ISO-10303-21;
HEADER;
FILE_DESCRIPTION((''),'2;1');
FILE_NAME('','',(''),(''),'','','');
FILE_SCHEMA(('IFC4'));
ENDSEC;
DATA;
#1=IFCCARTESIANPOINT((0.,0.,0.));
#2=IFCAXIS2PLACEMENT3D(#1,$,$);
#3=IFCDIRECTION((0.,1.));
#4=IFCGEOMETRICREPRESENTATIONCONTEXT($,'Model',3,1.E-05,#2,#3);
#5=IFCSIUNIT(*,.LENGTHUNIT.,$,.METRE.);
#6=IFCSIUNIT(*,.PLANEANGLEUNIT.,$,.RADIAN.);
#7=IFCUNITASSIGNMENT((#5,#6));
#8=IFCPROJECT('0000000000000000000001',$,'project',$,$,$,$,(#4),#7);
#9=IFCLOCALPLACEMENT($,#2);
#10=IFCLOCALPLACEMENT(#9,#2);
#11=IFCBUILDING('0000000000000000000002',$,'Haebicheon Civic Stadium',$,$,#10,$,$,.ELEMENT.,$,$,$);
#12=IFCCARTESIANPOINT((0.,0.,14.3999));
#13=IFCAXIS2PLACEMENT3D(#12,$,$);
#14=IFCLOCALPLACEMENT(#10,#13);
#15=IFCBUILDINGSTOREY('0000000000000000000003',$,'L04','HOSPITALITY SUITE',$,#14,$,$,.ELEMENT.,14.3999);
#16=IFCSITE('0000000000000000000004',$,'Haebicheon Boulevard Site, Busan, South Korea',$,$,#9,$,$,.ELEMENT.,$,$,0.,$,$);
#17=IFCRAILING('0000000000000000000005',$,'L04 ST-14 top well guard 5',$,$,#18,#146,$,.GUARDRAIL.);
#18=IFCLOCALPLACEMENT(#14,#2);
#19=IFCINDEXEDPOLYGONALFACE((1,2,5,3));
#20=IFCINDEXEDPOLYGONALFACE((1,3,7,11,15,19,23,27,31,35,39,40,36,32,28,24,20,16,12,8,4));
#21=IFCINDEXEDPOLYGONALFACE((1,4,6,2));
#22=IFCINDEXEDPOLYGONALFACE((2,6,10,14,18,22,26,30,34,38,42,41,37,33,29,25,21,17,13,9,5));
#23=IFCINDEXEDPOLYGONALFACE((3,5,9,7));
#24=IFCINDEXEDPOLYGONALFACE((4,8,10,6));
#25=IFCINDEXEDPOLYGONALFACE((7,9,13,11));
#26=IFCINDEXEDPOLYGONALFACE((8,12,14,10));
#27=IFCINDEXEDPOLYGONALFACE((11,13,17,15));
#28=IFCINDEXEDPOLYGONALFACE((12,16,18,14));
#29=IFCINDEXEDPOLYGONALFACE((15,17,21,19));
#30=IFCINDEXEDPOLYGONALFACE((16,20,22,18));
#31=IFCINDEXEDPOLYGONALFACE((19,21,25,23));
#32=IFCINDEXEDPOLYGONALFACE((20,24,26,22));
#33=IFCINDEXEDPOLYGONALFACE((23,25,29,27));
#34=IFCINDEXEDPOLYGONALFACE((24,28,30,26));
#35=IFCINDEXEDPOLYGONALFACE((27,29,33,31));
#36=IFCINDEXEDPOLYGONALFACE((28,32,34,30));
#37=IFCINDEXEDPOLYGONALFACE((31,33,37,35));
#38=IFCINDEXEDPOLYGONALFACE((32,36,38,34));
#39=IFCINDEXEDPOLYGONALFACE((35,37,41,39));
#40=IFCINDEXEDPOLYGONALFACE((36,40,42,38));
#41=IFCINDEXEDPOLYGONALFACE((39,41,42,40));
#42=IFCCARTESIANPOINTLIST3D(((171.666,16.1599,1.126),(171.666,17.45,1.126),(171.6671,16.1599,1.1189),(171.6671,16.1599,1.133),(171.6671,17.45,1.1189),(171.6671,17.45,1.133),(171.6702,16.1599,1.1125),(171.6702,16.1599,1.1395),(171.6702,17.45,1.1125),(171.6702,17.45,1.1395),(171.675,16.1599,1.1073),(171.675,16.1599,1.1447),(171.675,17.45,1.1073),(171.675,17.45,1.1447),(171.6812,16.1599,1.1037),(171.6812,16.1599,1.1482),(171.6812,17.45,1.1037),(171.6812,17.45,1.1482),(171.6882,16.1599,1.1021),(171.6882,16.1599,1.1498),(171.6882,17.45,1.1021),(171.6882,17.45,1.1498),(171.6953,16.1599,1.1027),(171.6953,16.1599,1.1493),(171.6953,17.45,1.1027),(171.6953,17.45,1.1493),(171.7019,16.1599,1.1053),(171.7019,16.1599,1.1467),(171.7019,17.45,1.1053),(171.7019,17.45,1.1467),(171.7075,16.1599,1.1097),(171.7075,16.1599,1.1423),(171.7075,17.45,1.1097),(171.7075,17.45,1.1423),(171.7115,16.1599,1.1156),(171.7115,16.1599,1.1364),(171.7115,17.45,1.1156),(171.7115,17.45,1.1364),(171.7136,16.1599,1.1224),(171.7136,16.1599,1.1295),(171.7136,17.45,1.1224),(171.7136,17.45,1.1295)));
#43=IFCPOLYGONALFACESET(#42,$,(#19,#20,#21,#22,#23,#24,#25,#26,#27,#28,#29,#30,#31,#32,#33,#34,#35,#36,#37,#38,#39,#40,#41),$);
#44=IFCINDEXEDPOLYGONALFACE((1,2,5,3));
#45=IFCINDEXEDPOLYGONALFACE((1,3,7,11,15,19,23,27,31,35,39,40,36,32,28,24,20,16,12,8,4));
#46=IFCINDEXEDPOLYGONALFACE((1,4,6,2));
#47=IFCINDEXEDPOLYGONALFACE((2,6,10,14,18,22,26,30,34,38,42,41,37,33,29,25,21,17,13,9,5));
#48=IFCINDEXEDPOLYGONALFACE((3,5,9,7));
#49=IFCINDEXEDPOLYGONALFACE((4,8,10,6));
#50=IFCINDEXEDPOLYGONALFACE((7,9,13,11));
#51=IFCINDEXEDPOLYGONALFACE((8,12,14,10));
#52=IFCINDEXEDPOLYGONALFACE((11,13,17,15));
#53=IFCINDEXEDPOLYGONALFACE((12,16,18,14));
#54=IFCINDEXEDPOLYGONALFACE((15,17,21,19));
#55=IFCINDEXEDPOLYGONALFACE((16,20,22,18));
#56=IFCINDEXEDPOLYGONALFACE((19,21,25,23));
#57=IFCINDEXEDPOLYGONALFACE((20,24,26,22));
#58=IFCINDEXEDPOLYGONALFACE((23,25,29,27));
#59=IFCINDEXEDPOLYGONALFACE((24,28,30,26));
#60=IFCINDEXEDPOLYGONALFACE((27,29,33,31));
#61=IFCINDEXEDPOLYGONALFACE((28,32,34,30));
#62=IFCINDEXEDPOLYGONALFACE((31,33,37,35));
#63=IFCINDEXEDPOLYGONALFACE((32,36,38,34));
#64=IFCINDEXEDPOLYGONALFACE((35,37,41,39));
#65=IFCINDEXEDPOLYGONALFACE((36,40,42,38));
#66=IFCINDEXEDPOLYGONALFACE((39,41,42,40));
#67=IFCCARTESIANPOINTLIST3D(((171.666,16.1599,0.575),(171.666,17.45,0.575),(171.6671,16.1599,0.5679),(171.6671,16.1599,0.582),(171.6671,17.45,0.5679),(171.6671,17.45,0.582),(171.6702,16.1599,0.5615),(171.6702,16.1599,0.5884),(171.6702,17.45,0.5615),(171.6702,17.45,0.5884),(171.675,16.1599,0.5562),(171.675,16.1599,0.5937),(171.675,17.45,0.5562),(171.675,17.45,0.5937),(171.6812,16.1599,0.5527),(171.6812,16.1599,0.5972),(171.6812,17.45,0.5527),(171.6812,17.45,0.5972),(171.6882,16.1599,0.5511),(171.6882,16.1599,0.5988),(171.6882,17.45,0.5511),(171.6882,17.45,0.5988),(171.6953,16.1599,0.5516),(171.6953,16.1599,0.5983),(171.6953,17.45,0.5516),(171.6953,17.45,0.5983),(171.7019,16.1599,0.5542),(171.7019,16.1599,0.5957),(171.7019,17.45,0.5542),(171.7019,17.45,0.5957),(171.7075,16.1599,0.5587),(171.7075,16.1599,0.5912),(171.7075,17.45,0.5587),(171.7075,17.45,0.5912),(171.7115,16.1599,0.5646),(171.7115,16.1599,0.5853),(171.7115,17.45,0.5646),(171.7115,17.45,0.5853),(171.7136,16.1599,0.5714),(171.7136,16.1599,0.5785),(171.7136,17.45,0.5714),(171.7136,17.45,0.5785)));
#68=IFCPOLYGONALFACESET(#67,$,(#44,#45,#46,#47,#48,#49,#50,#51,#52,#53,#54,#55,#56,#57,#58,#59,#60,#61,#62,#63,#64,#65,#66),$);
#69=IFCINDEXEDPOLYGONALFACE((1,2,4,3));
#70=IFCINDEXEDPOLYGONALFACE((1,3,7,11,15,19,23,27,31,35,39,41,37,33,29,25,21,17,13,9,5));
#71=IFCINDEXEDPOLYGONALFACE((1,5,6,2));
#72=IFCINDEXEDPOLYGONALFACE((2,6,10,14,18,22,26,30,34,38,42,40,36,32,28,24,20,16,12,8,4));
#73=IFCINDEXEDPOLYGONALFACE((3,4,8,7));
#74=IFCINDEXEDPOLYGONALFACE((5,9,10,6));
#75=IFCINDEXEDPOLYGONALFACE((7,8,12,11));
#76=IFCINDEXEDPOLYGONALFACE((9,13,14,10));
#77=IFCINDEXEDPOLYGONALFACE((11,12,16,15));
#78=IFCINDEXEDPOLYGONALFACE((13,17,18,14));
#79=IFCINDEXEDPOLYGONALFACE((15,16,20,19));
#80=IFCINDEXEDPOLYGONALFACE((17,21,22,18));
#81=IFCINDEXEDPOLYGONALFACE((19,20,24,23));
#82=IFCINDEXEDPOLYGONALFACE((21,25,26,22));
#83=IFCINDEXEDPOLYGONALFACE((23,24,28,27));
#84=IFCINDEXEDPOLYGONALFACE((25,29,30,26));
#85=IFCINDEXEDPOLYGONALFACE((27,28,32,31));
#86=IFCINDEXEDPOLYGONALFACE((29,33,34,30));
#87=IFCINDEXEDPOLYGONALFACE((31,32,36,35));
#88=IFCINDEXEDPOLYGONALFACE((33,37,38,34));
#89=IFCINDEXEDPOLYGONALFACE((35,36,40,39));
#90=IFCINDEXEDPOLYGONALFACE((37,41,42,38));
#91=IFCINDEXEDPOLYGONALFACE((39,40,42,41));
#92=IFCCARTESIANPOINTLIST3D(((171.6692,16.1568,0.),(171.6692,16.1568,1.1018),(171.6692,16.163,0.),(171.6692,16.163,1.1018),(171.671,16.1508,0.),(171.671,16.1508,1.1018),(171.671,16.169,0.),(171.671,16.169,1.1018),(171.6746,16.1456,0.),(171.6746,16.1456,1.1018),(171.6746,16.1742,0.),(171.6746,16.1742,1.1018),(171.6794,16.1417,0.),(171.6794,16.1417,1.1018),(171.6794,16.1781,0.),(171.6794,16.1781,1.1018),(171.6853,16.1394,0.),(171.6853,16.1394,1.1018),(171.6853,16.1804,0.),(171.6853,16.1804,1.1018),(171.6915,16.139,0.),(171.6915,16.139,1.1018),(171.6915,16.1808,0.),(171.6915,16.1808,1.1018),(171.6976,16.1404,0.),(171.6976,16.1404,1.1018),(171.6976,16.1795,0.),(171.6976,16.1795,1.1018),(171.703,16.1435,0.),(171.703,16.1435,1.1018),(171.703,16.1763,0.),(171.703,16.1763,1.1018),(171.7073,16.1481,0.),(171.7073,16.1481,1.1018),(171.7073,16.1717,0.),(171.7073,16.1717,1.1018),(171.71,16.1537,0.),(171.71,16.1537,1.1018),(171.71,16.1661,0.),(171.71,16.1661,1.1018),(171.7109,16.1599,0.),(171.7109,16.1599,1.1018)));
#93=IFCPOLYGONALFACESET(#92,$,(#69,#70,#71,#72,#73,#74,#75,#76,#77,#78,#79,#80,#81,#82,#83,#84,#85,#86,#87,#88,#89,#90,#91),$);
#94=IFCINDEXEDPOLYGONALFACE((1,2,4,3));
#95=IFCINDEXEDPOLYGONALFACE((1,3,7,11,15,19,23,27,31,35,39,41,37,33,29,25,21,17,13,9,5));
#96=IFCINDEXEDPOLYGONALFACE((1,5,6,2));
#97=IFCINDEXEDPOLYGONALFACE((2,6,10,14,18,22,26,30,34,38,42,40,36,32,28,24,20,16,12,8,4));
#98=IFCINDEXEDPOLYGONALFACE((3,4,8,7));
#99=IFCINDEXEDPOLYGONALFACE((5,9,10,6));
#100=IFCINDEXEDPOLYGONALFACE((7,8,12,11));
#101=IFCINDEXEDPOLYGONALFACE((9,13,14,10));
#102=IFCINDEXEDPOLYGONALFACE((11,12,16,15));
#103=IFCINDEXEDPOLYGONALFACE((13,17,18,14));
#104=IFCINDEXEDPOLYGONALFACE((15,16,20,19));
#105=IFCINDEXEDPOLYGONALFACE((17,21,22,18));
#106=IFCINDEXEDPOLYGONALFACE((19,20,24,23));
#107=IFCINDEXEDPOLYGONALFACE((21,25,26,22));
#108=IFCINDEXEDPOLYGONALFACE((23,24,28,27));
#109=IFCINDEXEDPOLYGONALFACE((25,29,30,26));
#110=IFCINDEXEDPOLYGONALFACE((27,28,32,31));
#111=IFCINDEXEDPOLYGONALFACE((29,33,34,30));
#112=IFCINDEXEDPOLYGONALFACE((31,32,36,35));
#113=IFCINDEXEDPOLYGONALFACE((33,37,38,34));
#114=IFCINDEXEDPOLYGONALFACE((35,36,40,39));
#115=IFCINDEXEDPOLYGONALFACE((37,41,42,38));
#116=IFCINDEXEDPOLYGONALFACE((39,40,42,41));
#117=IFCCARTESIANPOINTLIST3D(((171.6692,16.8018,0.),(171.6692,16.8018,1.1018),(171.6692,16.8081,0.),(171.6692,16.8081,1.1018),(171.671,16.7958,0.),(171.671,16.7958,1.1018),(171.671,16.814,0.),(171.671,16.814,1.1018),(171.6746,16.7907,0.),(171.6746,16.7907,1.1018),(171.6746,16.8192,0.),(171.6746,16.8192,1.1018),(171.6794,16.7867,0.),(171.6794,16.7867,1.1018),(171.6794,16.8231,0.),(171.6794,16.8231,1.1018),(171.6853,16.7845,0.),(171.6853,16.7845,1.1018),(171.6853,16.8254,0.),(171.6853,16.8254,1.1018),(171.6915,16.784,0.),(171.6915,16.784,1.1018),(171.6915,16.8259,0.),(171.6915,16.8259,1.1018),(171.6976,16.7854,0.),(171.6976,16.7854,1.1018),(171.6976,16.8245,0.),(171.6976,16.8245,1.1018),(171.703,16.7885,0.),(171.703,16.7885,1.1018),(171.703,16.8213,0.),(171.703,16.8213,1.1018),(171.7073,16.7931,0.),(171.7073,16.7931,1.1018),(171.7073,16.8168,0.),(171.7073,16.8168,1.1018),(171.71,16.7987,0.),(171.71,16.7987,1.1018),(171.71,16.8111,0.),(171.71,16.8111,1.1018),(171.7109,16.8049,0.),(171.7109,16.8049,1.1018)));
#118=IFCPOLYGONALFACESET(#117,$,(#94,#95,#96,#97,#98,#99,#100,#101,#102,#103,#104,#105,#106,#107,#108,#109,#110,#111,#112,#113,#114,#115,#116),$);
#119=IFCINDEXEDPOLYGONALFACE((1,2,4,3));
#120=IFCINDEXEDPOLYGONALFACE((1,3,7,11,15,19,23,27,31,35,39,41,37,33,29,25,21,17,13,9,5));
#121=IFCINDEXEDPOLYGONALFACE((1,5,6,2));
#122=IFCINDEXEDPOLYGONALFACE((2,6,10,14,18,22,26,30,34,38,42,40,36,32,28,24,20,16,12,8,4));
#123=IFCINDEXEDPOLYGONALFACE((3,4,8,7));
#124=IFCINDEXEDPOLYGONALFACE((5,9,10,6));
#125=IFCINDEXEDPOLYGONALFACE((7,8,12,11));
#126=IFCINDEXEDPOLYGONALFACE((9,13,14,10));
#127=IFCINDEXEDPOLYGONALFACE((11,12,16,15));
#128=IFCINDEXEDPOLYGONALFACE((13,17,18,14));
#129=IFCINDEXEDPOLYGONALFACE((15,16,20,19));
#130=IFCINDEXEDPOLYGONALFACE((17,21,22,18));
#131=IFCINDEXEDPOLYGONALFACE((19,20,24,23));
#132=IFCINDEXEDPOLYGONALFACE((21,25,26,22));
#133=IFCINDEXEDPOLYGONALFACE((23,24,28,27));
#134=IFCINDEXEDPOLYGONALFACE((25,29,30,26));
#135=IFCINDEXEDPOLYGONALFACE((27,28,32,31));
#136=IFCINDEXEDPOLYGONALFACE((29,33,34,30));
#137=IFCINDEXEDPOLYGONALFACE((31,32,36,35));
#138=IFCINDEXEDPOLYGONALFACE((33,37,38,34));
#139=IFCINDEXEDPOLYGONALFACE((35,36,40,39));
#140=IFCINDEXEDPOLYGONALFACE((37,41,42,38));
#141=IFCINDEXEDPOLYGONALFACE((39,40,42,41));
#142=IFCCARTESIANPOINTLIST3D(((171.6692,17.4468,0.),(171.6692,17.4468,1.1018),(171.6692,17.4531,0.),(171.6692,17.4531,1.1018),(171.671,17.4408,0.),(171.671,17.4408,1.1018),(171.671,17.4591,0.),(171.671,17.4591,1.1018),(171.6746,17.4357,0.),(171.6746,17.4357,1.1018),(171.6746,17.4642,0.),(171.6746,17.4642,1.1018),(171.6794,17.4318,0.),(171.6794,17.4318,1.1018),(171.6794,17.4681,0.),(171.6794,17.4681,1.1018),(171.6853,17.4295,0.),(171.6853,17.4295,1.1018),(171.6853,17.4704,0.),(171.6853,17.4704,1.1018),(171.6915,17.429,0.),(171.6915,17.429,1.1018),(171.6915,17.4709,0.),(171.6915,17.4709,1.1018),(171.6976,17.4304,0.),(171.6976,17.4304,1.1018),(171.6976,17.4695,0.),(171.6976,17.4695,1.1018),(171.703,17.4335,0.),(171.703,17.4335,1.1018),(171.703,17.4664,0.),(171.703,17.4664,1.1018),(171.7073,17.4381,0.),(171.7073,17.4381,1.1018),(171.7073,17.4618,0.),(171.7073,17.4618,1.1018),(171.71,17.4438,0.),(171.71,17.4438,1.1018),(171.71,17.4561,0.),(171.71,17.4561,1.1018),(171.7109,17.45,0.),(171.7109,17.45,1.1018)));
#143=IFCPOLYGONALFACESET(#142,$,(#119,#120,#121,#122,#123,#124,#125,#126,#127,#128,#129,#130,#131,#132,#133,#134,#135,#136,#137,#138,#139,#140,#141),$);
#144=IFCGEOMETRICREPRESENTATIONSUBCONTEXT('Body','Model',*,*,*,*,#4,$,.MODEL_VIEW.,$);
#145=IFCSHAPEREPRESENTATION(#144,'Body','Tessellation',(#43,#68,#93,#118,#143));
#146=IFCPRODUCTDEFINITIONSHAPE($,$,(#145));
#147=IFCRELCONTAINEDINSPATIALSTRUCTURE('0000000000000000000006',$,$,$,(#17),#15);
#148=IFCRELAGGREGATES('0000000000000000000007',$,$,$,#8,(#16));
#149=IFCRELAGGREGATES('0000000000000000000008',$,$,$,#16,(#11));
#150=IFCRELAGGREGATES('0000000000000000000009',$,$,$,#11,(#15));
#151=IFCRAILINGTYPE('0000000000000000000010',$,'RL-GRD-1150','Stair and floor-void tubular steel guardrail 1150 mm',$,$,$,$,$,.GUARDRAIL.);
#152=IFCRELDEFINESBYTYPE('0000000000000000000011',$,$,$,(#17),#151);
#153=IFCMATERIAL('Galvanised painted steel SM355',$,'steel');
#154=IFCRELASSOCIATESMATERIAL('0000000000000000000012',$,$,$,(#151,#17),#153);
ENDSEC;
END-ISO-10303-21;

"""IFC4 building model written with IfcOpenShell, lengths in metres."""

from ifc_helpers import new_model, si_unit, direction, frame, origin, origin_2d, place, context, subcontext, project, spatial, circle, extrude, material, type_object, element, save


model = new_model("IFC4")

# Units and contexts
model_context = context("Model", 3, precision=1e-05, world=origin(), true_north=direction((0.0, 1.0)))
body_context = subcontext(model_context, "Body", "Model", "MODEL_VIEW")
ifc_project = project(units=[si_unit("LENGTHUNIT", "METRE"), si_unit("PLANEANGLEUNIT", "RADIAN")], contexts=[model_context])

# Site, building, storey
site_placement = place(None, origin())
site = spatial("IfcSite", under=ifc_project, at=site_placement, Name="Haebicheon Boulevard Site, Busan, South Korea", CompositionType="ELEMENT", RefElevation=0.0)
building_placement = place(site_placement, origin())
building = spatial("IfcBuilding", under=site, at=building_placement, Name="Haebicheon Civic Stadium", CompositionType="ELEMENT")
storey_placement = place(building_placement, frame((0.0, 0.0, 14.3999)))
storey = spatial("IfcBuildingStorey", under=building, at=storey_placement, Name="L04", Description="HOSPITALITY SUITE", CompositionType="ELEMENT", Elevation=14.3999)

# Railing
ifc_material_1 = material(Name="Galvanised painted steel SM355", Category="steel")
railing_type = type_object("IfcRailingType", Name="RL-GRD-1150", Description="Stair and floor-void tubular steel guardrail 1150 mm", PredefinedType="GUARDRAIL", material=ifc_material_1)
for number, where, name in (
    (1, (171.6899, 16.1599, 0.0), "L04 ST-14 top well guard 5"),
):
    element("IfcRailing", number, at=place(storey_placement, frame(where)), inside=storey, type_object=railing_type, material=ifc_material_1, Name=name, PredefinedType="GUARDRAIL", context=body_context, shape_type="SweptSolid", body=[
        extrude(circle(Radius=0.0239, at=origin_2d()), frame((0.0, 0.0, 1.126), z_axis=(0.0, 1.0, 0.0), x_axis=(-1.0, 0.0, 0.0)), (0.0, 0.0, 1.0), 1.29),
        extrude(circle(Radius=0.0239, at=origin_2d()), frame((0.0, 0.0, 0.575), z_axis=(0.0, 1.0, 0.0), x_axis=(-1.0, 0.0, 0.0)), (0.0, 0.0, 1.0), 1.29),
        extrude(circle(Radius=0.021, at=origin_2d()), origin(), (0.0, 0.0, 1.0), 1.1018),
        extrude(circle(Radius=0.021, at=origin_2d()), frame((0.0, 0.645, 0.0)), (0.0, 0.0, 1.0), 1.1018),
        extrude(circle(Radius=0.021, at=origin_2d()), frame((0.0, 1.29, 0.0)), (0.0, 0.0, 1.0), 1.1018),
    ])

save(model, "model.ifc")
